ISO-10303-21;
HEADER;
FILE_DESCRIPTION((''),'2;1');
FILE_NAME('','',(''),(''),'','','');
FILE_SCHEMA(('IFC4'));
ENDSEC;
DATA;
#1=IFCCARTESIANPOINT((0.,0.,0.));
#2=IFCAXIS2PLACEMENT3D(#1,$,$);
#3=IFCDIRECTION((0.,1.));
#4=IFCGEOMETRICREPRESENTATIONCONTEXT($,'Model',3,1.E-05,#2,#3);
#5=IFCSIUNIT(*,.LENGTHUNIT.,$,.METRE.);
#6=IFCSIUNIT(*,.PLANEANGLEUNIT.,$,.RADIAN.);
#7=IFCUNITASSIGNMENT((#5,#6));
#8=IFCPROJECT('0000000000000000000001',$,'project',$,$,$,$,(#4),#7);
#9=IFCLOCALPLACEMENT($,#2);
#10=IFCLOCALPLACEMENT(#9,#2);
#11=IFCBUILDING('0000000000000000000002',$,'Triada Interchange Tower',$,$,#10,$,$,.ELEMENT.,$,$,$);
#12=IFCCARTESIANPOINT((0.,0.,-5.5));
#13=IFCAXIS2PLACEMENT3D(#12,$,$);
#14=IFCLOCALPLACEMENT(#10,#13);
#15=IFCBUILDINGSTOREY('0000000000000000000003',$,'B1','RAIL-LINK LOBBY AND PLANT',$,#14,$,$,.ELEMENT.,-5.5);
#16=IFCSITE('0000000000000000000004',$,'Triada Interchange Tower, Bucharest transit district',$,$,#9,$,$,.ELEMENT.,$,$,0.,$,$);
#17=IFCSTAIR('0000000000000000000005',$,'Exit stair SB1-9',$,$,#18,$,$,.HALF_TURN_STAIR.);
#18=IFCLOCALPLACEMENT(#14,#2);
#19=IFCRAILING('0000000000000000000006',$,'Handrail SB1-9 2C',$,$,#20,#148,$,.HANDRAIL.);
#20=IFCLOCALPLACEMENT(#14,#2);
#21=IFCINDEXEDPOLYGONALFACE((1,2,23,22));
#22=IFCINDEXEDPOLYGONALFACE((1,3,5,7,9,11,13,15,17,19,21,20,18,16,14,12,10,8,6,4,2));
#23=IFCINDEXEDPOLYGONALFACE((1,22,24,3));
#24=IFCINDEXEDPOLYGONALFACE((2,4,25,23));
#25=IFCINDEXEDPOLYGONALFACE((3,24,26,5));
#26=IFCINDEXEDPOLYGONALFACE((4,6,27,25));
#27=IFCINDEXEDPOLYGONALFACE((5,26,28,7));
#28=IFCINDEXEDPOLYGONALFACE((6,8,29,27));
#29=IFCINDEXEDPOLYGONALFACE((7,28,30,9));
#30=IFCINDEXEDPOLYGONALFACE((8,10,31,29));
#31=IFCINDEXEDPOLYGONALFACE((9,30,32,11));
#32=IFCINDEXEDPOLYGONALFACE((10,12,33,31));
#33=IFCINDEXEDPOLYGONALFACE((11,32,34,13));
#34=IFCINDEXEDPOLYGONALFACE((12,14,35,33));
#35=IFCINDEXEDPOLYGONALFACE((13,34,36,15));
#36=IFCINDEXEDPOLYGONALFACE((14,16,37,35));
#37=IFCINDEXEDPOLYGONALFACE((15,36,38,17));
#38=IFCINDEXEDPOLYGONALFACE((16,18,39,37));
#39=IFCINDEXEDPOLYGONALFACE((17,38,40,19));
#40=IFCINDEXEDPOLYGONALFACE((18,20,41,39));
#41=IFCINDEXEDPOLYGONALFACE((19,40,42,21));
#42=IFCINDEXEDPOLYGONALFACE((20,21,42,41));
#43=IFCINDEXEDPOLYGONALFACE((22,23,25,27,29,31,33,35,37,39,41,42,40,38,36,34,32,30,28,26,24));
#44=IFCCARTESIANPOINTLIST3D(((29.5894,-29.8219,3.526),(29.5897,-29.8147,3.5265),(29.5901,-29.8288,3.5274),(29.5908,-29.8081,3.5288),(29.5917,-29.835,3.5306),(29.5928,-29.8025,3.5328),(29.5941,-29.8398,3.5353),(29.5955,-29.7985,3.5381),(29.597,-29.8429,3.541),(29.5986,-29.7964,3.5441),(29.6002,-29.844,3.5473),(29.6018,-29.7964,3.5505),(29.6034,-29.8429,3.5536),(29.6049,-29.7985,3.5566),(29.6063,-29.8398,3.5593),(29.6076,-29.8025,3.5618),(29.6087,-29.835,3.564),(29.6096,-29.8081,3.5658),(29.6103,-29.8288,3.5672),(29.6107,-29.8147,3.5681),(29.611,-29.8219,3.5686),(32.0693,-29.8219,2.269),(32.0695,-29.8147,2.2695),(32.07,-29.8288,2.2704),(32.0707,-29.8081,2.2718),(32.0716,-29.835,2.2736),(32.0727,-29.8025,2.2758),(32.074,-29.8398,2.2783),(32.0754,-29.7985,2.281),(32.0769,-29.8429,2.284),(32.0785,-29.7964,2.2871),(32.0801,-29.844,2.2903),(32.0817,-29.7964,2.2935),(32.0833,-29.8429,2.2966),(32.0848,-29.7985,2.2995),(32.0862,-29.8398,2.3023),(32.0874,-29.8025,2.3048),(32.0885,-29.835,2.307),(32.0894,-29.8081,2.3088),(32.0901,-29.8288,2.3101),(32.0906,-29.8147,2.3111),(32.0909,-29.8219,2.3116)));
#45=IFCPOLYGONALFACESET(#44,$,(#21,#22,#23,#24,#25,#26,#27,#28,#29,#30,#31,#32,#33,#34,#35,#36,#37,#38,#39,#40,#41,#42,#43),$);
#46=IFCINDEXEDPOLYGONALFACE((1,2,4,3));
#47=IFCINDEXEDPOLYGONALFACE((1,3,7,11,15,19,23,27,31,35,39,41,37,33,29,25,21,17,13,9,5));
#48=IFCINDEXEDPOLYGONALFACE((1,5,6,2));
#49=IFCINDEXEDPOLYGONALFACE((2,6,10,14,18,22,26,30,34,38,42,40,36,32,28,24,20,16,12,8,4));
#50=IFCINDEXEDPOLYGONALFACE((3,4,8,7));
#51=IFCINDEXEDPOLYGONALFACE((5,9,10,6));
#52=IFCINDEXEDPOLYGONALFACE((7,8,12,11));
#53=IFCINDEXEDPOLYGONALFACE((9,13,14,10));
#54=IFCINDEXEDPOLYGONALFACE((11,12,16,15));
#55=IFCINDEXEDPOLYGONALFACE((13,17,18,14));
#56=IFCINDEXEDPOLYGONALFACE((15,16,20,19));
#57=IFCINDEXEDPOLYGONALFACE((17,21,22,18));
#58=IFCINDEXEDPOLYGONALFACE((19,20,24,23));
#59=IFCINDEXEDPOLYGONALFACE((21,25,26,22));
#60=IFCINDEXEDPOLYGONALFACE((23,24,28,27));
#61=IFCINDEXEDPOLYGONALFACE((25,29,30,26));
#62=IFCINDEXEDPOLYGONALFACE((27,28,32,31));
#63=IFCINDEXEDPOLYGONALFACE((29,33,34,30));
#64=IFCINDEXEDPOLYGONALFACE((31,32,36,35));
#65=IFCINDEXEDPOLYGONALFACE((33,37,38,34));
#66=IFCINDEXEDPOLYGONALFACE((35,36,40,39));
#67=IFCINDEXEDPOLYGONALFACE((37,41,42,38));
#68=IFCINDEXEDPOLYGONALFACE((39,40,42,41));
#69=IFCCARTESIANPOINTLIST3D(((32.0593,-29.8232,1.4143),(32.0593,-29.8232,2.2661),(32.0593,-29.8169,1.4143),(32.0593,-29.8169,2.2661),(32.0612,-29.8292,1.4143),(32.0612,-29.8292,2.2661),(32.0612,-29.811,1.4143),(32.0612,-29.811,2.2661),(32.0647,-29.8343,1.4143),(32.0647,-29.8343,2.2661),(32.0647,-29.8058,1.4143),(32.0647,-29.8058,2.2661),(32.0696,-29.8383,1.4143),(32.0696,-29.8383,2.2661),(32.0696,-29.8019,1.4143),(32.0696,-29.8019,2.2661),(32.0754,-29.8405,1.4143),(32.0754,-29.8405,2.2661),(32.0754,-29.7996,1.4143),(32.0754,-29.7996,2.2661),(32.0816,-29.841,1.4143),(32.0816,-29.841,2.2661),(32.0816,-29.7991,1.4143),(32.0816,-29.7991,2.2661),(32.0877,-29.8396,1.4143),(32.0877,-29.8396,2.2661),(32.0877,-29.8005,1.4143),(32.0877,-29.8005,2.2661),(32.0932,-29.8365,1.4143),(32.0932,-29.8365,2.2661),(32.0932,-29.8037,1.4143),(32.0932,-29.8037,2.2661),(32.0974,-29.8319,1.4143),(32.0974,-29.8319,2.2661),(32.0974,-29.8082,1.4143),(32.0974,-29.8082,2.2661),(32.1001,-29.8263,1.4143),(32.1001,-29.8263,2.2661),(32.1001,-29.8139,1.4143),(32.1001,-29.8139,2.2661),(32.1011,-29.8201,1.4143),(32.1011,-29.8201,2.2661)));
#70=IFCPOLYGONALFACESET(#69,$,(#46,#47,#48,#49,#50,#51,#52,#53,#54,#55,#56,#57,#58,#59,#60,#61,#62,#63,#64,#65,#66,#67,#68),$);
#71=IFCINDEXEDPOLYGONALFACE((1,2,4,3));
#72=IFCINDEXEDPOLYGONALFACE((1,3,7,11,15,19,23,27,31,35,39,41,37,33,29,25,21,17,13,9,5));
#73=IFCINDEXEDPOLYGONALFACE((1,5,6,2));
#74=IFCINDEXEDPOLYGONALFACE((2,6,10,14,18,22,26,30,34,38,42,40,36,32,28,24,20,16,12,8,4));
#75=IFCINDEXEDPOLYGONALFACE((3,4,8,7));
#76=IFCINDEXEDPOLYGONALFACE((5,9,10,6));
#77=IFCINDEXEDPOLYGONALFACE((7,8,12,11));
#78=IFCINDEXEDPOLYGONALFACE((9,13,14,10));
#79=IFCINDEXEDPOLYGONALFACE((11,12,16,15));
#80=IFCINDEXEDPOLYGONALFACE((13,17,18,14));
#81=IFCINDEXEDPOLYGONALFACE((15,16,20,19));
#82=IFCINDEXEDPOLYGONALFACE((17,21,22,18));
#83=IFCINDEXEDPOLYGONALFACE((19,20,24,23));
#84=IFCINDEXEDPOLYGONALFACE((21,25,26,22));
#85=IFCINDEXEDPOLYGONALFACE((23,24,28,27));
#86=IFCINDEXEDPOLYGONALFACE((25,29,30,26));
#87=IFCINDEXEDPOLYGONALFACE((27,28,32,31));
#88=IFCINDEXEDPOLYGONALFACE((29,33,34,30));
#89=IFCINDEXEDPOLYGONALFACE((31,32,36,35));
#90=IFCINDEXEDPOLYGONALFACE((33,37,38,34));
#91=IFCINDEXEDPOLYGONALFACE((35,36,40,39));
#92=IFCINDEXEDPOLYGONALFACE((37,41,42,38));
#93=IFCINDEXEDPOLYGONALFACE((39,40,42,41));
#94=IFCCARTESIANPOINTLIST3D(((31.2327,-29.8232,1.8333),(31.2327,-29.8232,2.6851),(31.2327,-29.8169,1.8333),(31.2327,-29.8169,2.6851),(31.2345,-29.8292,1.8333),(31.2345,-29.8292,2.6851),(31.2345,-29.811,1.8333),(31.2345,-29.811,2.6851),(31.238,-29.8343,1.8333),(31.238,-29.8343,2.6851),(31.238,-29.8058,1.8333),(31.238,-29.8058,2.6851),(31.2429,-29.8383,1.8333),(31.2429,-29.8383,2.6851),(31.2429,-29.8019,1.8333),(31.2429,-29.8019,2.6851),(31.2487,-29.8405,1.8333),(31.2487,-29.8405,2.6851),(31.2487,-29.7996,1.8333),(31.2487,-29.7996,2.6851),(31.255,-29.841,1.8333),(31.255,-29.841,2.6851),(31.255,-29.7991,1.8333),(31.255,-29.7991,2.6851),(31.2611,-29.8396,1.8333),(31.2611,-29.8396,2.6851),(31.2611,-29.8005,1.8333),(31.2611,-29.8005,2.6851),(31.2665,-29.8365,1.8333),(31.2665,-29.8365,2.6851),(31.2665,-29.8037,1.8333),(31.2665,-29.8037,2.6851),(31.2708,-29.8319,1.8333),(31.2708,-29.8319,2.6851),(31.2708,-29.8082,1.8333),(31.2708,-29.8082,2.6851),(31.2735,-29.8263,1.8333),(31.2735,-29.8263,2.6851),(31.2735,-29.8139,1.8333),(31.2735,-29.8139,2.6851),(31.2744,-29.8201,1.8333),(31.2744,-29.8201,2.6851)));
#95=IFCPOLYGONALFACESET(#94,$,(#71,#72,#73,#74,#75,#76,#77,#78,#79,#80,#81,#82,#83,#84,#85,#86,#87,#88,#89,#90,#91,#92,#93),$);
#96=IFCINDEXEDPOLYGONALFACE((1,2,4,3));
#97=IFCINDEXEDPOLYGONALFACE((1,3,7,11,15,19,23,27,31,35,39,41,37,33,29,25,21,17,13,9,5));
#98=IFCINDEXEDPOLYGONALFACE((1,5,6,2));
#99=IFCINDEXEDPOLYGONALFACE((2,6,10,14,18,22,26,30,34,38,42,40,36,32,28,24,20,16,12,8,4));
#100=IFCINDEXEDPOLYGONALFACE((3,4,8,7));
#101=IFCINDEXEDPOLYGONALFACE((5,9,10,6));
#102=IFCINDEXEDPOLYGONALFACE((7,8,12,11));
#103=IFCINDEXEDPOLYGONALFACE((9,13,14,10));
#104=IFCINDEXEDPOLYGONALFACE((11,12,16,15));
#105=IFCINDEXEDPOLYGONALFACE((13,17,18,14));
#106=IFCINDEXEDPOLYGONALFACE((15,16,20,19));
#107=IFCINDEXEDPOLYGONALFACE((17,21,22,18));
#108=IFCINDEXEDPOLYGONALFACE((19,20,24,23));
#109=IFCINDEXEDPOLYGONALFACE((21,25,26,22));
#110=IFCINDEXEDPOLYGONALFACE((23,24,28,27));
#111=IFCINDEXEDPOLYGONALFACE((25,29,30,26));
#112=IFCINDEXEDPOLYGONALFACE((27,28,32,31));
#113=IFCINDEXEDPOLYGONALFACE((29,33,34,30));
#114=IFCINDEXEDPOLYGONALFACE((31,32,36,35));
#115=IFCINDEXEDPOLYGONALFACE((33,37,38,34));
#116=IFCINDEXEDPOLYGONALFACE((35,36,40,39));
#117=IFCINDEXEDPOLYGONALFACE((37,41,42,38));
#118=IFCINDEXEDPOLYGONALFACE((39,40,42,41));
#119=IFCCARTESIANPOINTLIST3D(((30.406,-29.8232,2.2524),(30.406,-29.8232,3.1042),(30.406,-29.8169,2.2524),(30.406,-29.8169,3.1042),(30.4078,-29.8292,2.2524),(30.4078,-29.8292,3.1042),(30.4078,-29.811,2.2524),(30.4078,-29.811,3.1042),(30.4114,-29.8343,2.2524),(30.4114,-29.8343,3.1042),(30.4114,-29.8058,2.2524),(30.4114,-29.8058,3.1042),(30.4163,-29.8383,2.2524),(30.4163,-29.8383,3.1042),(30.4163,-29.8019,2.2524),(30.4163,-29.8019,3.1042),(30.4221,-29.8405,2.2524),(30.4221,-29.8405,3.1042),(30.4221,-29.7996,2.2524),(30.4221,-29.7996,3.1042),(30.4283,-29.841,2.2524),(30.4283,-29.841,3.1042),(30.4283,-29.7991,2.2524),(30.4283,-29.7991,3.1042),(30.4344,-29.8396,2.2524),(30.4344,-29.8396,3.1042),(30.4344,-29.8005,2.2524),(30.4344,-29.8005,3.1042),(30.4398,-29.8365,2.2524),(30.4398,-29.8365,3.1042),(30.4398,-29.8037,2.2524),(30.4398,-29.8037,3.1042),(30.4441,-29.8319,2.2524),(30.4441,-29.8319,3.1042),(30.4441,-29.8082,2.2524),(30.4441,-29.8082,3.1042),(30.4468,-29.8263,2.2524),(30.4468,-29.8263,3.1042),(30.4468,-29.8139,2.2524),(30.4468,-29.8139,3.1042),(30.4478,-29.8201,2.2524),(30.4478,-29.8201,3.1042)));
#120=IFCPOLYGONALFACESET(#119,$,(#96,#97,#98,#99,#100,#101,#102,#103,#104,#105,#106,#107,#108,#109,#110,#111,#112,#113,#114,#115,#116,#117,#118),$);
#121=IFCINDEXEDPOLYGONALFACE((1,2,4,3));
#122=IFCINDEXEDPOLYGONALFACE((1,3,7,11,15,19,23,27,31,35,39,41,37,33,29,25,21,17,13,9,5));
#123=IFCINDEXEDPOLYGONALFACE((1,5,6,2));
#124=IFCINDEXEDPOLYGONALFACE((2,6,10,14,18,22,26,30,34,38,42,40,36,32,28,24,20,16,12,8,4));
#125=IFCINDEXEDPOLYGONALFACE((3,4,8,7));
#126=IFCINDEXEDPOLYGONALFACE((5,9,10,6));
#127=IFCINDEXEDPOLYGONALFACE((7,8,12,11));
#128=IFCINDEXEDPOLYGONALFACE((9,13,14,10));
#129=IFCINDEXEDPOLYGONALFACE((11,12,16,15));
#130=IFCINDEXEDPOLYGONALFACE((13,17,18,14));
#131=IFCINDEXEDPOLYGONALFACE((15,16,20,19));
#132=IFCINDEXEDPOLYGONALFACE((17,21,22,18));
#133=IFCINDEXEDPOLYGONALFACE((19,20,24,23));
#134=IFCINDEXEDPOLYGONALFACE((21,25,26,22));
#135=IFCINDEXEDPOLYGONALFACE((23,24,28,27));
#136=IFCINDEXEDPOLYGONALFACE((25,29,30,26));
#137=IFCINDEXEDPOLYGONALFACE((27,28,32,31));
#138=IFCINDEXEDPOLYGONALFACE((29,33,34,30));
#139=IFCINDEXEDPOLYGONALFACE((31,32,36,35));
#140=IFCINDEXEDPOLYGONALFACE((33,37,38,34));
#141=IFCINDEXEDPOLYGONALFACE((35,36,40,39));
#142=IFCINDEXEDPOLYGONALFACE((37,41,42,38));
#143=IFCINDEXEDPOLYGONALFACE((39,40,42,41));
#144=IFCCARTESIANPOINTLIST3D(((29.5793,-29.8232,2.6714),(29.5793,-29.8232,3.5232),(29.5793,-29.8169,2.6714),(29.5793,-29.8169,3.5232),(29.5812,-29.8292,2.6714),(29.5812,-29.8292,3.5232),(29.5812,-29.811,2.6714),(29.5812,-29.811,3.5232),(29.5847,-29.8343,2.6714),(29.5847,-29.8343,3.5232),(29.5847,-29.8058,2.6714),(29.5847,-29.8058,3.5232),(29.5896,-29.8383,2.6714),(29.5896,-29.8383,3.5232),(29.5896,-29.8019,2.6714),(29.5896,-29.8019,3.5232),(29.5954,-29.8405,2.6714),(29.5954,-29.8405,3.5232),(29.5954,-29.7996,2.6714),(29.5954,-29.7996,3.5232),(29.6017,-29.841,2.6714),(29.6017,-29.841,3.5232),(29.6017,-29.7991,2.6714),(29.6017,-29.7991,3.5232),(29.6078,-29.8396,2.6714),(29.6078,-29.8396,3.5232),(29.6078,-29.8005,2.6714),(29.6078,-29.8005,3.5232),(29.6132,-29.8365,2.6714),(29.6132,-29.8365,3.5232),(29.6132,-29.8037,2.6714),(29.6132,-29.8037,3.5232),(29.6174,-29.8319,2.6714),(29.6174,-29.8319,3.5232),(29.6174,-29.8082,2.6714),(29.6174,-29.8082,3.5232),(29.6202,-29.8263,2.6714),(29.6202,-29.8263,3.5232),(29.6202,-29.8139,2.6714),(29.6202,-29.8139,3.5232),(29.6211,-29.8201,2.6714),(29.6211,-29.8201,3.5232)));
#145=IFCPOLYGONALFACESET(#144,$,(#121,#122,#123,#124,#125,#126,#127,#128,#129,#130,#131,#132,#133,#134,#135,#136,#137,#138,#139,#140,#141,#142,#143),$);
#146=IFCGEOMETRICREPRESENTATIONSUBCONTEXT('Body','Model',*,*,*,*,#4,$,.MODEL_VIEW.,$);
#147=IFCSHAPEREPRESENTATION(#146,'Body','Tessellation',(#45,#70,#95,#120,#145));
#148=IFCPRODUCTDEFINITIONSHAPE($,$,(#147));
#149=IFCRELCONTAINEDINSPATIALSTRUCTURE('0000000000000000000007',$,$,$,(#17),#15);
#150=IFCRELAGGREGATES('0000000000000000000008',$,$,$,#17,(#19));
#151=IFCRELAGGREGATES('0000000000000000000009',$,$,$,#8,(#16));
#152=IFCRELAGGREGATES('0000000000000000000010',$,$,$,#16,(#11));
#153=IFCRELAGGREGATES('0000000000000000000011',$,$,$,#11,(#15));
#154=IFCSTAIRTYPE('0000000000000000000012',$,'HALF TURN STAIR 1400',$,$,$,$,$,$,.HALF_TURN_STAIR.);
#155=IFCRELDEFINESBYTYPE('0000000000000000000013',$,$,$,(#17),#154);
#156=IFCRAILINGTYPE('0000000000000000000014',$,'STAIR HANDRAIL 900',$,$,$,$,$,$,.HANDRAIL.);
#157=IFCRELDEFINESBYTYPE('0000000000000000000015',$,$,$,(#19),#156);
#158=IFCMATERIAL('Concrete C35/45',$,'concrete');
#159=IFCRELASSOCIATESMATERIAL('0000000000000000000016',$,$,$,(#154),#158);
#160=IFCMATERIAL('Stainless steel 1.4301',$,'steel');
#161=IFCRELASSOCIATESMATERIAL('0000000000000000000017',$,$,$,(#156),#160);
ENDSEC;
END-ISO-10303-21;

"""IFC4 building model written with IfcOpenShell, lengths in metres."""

from ifc_helpers import new_model, si_unit, direction, frame, origin, origin_2d, place, context, subcontext, project, spatial, circle, extrude, material, type_object, element, aggregate, save


model = new_model("IFC4")

# Units and contexts
model_context = context("Model", 3, precision=1e-05, world=origin(), true_north=direction((0.0, 1.0)))
body_context = subcontext(model_context, "Body", "Model", "MODEL_VIEW")
ifc_project = project(units=[si_unit("LENGTHUNIT", "METRE"), si_unit("PLANEANGLEUNIT", "RADIAN")], contexts=[model_context])

# Site, building, storey
site_placement = place(None, origin())
site = spatial("IfcSite", under=ifc_project, at=site_placement, Name="Triada Interchange Tower, Bucharest transit district", CompositionType="ELEMENT", RefElevation=0.0)
building_placement = place(site_placement, origin())
building = spatial("IfcBuilding", under=site, at=building_placement, Name="Triada Interchange Tower", CompositionType="ELEMENT")
storey_placement = place(building_placement, frame((0.0, 0.0, -5.5)))
storey = spatial("IfcBuildingStorey", under=building, at=storey_placement, Name="B1", Description="RAIL-LINK LOBBY AND PLANT", CompositionType="ELEMENT", Elevation=-5.5)

# Shared definitions
ifc_material_1 = material(Name="Concrete C35/45", Category="concrete")

# Stair, railing
stair_type = type_object("IfcStairType", Name="HALF TURN STAIR 1400", PredefinedType="HALF_TURN_STAIR", material=ifc_material_1)
stair_placement = place(storey_placement, origin())
stair = element("IfcStair", 1, at=stair_placement, inside=storey, type_object=stair_type, Name="Exit stair SB1-9", PredefinedType="HALF_TURN_STAIR")
ifc_material_2 = material(Name="Stainless steel 1.4301", Category="steel")
railing_type = type_object("IfcRailingType", Name="STAIR HANDRAIL 900", PredefinedType="HANDRAIL", material=ifc_material_2)
railing_1_placement = place(storey_placement, frame((32.0801, -29.8201, 1.4143)))
railing_1 = element("IfcRailing", 2, at=railing_1_placement, type_object=railing_type, Name="Handrail SB1-9 2C", PredefinedType="HANDRAIL", context=body_context, shape_type="SweptSolid", body=[
    extrude(circle(Radius=0.0239, at=origin_2d()), frame((0.0, 0.0, 0.876), z_axis=(-0.891955, 0.0, 0.452124), x_axis=(0.0, -1.0, 0.0)), (0.0, 0.0, 1.0), 2.7803),
    extrude(circle(Radius=0.021, at=origin_2d()), origin(), (0.0, 0.0, 1.0), 0.8518),
    extrude(circle(Radius=0.021, at=origin_2d()), frame((-0.8267, 0.0, 0.4189)), (0.0, 0.0, 1.0), 0.8518),
    extrude(circle(Radius=0.021, at=origin_2d()), frame((-1.6533, 0.0, 0.8381)), (0.0, 0.0, 1.0), 0.8518),
    extrude(circle(Radius=0.021, at=origin_2d()), frame((-2.48, 0.0, 1.2571)), (0.0, 0.0, 1.0), 0.8518),
])
aggregate(stair, [railing_1])

save(model, "model.ifc")
